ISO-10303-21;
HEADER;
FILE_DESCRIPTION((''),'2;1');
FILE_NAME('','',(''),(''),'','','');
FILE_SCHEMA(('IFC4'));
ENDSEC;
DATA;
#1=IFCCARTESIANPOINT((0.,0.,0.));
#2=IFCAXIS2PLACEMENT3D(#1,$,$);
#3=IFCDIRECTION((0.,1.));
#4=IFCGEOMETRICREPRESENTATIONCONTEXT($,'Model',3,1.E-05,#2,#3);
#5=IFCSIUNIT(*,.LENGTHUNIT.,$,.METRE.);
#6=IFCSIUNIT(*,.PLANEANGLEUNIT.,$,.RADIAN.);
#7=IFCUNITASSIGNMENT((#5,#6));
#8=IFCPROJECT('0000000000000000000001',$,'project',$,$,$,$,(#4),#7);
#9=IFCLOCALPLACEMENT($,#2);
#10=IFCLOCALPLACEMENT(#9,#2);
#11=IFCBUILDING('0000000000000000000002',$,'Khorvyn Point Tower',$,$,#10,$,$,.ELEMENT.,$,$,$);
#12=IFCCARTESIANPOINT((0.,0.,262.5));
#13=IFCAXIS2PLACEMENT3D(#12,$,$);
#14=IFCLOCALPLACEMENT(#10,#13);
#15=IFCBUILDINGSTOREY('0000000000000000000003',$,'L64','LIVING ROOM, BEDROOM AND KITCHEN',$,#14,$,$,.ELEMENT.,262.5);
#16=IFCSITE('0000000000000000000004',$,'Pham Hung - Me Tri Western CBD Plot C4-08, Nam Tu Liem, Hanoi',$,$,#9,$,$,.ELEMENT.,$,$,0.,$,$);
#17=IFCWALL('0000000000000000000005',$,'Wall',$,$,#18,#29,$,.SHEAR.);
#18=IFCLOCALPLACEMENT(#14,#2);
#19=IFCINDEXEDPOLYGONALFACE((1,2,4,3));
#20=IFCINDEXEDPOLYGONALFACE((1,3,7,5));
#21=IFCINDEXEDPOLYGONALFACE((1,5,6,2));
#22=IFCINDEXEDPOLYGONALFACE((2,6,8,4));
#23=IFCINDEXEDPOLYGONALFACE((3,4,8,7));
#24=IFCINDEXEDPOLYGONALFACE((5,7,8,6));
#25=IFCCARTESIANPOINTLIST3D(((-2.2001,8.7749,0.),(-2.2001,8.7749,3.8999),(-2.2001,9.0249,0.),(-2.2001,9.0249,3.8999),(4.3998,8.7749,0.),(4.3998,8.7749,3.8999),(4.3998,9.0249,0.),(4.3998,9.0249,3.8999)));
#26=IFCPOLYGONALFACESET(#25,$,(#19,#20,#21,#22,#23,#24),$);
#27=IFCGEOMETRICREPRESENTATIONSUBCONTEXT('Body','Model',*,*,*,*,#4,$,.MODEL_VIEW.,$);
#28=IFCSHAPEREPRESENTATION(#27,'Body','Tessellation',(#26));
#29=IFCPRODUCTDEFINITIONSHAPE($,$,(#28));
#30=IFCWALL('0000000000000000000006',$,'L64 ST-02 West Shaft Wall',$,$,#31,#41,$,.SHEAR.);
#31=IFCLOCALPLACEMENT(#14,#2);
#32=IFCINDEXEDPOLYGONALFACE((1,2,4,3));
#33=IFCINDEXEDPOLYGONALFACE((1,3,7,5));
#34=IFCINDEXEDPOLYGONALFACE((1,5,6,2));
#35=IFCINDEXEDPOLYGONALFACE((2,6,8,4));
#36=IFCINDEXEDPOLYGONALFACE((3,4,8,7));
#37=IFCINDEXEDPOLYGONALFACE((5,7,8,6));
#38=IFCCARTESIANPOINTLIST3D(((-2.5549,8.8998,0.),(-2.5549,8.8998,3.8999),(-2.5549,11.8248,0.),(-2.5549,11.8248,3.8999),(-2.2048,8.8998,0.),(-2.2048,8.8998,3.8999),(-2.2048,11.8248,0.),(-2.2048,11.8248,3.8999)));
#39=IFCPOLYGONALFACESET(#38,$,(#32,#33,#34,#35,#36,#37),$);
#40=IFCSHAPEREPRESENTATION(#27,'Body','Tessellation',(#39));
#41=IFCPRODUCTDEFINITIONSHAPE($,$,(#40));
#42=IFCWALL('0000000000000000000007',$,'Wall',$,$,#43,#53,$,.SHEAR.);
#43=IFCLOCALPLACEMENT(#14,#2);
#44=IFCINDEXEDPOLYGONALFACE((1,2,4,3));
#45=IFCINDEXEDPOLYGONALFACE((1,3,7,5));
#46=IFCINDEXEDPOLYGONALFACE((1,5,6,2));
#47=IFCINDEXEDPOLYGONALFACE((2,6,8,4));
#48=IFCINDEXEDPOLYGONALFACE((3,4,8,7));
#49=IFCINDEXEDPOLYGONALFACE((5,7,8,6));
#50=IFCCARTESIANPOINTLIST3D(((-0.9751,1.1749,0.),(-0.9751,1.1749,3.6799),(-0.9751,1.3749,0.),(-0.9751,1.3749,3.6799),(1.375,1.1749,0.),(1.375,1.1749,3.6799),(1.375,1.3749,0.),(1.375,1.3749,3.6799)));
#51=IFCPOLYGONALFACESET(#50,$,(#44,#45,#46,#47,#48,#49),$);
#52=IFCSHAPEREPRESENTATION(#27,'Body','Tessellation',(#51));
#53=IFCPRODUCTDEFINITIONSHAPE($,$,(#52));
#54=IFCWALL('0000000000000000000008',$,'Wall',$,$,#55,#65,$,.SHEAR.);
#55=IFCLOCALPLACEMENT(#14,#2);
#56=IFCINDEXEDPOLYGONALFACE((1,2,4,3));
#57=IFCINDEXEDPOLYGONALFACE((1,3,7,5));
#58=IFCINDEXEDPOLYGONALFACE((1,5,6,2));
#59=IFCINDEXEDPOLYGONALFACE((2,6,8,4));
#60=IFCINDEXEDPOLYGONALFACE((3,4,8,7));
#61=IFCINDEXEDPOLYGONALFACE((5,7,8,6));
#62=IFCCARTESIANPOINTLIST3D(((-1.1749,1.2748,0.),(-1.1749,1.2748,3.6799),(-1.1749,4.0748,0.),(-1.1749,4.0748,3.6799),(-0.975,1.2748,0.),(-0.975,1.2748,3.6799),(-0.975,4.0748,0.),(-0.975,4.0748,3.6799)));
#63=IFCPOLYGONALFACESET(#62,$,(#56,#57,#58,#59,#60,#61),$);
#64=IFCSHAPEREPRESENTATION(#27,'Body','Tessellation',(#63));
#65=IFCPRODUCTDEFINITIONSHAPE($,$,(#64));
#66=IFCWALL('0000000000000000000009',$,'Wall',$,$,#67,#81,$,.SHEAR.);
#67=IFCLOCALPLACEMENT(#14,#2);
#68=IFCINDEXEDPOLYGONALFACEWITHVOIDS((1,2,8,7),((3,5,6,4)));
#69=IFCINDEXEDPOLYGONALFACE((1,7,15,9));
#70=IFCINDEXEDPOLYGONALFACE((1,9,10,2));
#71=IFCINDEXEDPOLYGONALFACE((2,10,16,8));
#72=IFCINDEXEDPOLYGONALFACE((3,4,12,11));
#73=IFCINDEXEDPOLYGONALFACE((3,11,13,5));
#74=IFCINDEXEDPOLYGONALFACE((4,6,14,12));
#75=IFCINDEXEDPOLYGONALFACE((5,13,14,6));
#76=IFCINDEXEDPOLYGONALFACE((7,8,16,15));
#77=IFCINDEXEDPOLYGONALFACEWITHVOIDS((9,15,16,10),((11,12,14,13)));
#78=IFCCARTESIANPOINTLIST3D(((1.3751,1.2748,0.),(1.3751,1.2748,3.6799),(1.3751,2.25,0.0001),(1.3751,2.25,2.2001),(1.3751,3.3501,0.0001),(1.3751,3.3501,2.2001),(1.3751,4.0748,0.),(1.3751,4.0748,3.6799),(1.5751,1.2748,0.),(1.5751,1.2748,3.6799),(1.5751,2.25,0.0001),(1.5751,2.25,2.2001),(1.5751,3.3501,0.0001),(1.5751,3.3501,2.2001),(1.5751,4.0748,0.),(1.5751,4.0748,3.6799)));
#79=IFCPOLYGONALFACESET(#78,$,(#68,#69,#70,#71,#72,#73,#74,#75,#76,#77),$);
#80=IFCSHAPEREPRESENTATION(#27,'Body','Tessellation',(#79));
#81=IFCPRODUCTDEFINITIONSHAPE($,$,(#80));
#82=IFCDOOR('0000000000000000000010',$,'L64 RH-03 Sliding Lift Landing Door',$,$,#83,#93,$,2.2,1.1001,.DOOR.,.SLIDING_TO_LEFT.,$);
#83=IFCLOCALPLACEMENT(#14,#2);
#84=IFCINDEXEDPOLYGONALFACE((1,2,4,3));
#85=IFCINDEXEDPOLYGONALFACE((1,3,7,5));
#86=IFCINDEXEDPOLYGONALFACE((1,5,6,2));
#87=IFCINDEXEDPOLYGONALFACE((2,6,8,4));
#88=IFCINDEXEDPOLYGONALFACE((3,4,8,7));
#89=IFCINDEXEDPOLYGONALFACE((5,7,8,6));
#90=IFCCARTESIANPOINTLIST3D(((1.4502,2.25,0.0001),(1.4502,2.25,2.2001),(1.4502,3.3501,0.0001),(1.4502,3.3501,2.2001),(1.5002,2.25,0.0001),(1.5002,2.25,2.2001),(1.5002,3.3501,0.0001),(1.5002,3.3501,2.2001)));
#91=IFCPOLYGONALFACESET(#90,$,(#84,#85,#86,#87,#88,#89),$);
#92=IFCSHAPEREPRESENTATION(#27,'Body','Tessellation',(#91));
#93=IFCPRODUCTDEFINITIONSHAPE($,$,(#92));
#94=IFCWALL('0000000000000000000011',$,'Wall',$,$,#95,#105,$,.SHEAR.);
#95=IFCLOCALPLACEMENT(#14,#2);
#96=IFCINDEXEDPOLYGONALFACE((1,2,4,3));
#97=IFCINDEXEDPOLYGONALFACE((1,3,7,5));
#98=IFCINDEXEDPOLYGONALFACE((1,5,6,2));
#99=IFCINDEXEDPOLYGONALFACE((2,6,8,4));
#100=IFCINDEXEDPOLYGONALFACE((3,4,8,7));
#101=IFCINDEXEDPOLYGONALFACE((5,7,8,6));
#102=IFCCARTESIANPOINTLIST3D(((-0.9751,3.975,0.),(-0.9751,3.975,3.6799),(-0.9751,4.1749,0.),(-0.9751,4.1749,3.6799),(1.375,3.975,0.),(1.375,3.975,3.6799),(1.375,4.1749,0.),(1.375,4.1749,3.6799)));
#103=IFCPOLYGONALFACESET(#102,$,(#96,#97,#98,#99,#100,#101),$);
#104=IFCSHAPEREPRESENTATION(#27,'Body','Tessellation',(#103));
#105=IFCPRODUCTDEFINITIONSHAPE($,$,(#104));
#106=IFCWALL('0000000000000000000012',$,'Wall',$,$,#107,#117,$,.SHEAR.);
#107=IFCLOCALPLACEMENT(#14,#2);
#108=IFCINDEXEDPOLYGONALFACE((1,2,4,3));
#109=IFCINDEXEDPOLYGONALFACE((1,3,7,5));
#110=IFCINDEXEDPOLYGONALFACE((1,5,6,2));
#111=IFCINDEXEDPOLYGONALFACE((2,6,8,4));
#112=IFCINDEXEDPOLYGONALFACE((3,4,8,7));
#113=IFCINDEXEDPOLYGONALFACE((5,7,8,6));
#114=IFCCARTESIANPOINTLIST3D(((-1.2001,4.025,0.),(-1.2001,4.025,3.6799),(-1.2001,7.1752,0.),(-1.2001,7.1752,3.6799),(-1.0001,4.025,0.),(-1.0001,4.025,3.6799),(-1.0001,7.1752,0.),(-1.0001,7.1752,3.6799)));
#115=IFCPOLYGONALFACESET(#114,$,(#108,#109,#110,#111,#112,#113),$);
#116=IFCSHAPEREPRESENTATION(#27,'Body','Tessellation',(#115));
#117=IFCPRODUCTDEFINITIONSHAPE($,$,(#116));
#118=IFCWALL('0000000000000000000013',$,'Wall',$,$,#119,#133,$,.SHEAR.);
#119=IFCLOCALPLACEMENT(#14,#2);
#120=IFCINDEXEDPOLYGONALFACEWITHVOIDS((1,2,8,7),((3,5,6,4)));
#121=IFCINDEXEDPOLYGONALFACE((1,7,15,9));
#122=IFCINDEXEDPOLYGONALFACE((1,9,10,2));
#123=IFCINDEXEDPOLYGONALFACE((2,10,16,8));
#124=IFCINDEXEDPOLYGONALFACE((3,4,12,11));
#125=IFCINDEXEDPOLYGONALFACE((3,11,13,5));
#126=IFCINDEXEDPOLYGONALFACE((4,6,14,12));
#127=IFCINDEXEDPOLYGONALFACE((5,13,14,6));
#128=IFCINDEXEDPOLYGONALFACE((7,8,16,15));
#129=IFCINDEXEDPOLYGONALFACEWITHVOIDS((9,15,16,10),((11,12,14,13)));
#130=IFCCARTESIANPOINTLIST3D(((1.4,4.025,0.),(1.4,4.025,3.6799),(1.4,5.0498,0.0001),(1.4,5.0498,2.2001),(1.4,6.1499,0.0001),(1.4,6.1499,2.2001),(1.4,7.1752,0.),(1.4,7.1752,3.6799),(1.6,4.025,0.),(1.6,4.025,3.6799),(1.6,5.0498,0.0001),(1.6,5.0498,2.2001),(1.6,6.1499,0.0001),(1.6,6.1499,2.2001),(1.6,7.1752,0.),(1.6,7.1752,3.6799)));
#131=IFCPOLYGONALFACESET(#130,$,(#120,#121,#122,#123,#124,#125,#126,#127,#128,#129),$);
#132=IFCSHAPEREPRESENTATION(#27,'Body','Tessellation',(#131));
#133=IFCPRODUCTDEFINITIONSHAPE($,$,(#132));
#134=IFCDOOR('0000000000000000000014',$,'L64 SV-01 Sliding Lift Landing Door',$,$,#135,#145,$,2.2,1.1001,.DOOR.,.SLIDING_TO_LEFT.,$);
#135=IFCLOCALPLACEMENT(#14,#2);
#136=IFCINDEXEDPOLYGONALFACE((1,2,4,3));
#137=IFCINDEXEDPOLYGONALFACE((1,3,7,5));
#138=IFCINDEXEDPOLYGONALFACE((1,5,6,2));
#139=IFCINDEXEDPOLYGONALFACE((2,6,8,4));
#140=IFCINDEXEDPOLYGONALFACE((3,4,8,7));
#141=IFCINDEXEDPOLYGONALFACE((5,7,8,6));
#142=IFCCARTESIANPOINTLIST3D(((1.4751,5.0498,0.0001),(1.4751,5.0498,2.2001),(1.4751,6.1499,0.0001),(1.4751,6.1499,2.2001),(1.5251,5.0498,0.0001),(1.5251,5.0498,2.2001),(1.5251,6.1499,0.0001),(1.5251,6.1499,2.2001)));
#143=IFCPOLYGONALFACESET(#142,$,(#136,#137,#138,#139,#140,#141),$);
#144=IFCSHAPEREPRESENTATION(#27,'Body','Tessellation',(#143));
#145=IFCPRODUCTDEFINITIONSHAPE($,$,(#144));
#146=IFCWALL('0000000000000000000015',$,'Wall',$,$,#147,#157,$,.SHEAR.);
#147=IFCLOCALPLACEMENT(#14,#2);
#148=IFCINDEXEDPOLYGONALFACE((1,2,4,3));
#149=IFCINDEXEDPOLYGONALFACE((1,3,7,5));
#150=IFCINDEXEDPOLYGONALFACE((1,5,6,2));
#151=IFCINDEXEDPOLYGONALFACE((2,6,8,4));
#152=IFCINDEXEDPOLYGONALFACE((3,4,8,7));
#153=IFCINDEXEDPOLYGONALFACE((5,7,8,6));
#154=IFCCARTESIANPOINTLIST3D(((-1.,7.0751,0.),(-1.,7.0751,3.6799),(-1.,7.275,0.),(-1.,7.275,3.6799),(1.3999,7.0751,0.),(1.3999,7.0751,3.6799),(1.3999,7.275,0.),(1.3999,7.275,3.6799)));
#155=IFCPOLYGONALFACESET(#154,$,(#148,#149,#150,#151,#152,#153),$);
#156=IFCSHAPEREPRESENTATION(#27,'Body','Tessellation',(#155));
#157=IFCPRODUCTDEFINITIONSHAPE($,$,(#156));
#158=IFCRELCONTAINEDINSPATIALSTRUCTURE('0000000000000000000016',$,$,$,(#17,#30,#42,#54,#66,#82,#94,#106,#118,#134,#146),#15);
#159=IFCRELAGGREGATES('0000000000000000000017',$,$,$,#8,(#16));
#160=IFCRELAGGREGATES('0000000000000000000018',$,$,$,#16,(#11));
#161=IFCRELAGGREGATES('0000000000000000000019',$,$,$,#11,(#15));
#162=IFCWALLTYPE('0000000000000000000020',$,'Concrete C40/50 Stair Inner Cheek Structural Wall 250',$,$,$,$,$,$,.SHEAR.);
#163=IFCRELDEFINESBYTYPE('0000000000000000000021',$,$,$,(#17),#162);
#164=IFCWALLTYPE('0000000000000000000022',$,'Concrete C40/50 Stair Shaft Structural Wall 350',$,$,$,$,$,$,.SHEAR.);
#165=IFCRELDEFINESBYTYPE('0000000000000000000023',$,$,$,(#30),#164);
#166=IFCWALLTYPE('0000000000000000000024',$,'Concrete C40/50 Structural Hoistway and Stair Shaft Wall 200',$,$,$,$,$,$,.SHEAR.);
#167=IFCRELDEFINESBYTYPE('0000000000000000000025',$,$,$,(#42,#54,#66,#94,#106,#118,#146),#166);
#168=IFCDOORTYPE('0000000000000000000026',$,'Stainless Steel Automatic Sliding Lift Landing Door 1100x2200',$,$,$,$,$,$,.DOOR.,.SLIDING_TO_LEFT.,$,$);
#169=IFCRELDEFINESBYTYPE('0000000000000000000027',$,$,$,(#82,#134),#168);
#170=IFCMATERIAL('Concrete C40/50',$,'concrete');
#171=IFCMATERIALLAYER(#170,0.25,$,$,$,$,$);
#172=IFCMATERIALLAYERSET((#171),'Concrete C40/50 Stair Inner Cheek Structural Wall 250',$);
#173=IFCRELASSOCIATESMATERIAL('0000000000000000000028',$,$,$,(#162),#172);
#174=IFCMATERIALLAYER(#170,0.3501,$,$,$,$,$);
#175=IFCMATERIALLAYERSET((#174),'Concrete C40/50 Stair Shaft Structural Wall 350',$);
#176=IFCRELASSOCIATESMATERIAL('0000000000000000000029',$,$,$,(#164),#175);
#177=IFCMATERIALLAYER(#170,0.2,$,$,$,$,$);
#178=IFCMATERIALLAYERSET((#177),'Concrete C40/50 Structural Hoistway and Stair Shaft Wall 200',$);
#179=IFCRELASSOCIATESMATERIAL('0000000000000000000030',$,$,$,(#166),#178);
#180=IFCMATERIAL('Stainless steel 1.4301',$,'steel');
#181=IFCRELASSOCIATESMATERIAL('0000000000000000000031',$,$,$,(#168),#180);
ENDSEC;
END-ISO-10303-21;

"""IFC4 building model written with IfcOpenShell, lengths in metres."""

from ifc_helpers import new_model, si_unit, direction, frame, frame_2d, origin, place, context, subcontext, project, spatial, rectangle, extrude, material, layer, layer_set, type_object, element, fill, save


model = new_model("IFC4")

# Units and contexts
model_context = context("Model", 3, precision=1e-05, world=origin(), true_north=direction((0.0, 1.0)))
body_context = subcontext(model_context, "Body", "Model", "MODEL_VIEW")
ifc_project = project(units=[si_unit("LENGTHUNIT", "METRE"), si_unit("PLANEANGLEUNIT", "RADIAN")], contexts=[model_context])

# Site, building, storey
site_placement = place(None, origin())
site = spatial("IfcSite", under=ifc_project, at=site_placement, Name="Pham Hung - Me Tri Western CBD Plot C4-08, Nam Tu Liem, Hanoi", CompositionType="ELEMENT", RefElevation=0.0)
building_placement = place(site_placement, origin())
building = spatial("IfcBuilding", under=site, at=building_placement, Name="Khorvyn Point Tower", CompositionType="ELEMENT")
storey_placement = place(building_placement, frame((0.0, 0.0, 262.5)))
storey = spatial("IfcBuildingStorey", under=building, at=storey_placement, Name="L64", Description="LIVING ROOM, BEDROOM AND KITCHEN", CompositionType="ELEMENT", Elevation=262.5)

# Shared definitions
ifc_material_1 = material(Name="Concrete C40/50", Category="concrete")

# Walls
ifc_layer_1 = layer(ifc_material_1, 0.25)
ifc_layer_set_1 = layer_set([ifc_layer_1], Name="Concrete C40/50 Stair Inner Cheek Structural Wall 250")
wall_type_1 = type_object("IfcWallType", Name="Concrete C40/50 Stair Inner Cheek Structural Wall 250", PredefinedType="SHEAR", material=ifc_layer_set_1)
wall_1_placement = place(storey_placement, frame((-2.2, 8.8999, 0.0), z_axis=(0.0, 0.0, 1.0), x_axis=(1.0, 0.0, 0.0)))
element("IfcWall", 1, at=wall_1_placement, inside=storey, type_object=wall_type_1, Name="Wall", PredefinedType="SHEAR", context=body_context, shape_type="SweptSolid", body=[
    extrude(rectangle(XDim=6.5999, YDim=0.25, at=frame_2d((3.2998, 0.0))), origin(), (0.0, 0.0, 1.0), 3.8999),
])
ifc_layer_2 = layer(ifc_material_1, 0.3501)
ifc_layer_set_2 = layer_set([ifc_layer_2], Name="Concrete C40/50 Stair Shaft Structural Wall 350")
wall_type_2 = type_object("IfcWallType", Name="Concrete C40/50 Stair Shaft Structural Wall 350", PredefinedType="SHEAR", material=ifc_layer_set_2)
wall_2_placement = place(storey_placement, frame((-2.3799, 8.8999, 0.0), z_axis=(0.0, 0.0, 1.0), x_axis=(0.0, 1.0, 0.0)))
element("IfcWall", 2, at=wall_2_placement, inside=storey, type_object=wall_type_2, Name="L64 ST-02 West Shaft Wall", PredefinedType="SHEAR", context=body_context, shape_type="SweptSolid", body=[
    extrude(rectangle(XDim=2.925, YDim=0.3501, at=frame_2d((1.4624, 0.0))), origin(), (0.0, 0.0, 1.0), 3.8999),
])
ifc_layer_3 = layer(ifc_material_1, 0.2)
ifc_layer_set_3 = layer_set([ifc_layer_3], Name="Concrete C40/50 Structural Hoistway and Stair Shaft Wall 200")
wall_type_3 = type_object("IfcWallType", Name="Concrete C40/50 Structural Hoistway and Stair Shaft Wall 200", PredefinedType="SHEAR", material=ifc_layer_set_3)
wall_3_placement = place(storey_placement, frame((-0.9751, 1.2749, 0.0), z_axis=(0.0, 0.0, 1.0), x_axis=(1.0, 0.0, 0.0)))
element("IfcWall", 3, at=wall_3_placement, inside=storey, type_object=wall_type_3, Name="Wall", PredefinedType="SHEAR", context=body_context, shape_type="SweptSolid", body=[
    extrude(rectangle(XDim=2.3501, YDim=0.2, at=frame_2d((1.175, 0.0))), origin(), (0.0, 0.0, 1.0), 3.6799),
])
wall_4_placement = place(storey_placement, frame((-1.075, 1.2749, 0.0), z_axis=(0.0, 0.0, 1.0), x_axis=(0.0, 1.0, 0.0)))
element("IfcWall", 4, at=wall_4_placement, inside=storey, type_object=wall_type_3, Name="Wall", PredefinedType="SHEAR", context=body_context, shape_type="SweptSolid", body=[
    extrude(rectangle(XDim=2.8, YDim=0.2, at=frame_2d((1.3999, 0.0))), origin(), (0.0, 0.0, 1.0), 3.6799),
])

# Wall, opening, door
wall_5_placement = place(storey_placement, frame((1.4751, 1.2749, 0.0), z_axis=(0.0, 0.0, 1.0), x_axis=(0.0, 1.0, 0.0)))
wall_5 = element("IfcWall", 5, at=wall_5_placement, inside=storey, type_object=wall_type_3, Name="Wall", PredefinedType="SHEAR", context=body_context, shape_type="SweptSolid", body=[
    extrude(rectangle(XDim=2.8, YDim=0.2, at=frame_2d((1.3999, 0.0))), origin(), (0.0, 0.0, 1.0), 3.6799),
])
opening_1_placement = place(wall_5_placement, frame((0.9751, 0.0, 0.0)))
opening_1 = element("IfcOpeningElement", 6, at=opening_1_placement, cuts=wall_5, PredefinedType="OPENING", context=body_context, shape_type="SweptSolid", body=[
    extrude(rectangle(XDim=1.1001, YDim=2.2, at=frame_2d((0.55, 1.1001))), frame((0.0, 0.1099, 0.0), z_axis=(0.0, -1.0, 0.0), x_axis=(1.0, 0.0, 0.0)), (0.0, 0.0, 1.0), 0.22),
])
ifc_material_2 = material(Name="Stainless steel 1.4301", Category="steel")
door_type = type_object("IfcDoorType", Name="Stainless Steel Automatic Sliding Lift Landing Door 1100x2200", OperationType="SLIDING_TO_LEFT", PredefinedType="DOOR", material=ifc_material_2)
door_1_placement = place(opening_1_placement, origin())
door_1 = element("IfcDoor", 7, at=door_1_placement, inside=storey, type_object=door_type, Name="L64 RH-03 Sliding Lift Landing Door", OperationType="SLIDING_TO_LEFT", OverallHeight=2.2, OverallWidth=1.1001, PredefinedType="DOOR", context=body_context, shape_type="SweptSolid", body=[
    extrude(rectangle(XDim=1.1001, YDim=2.2, at=frame_2d((0.55, 1.1001))), frame((0.0, 0.0249, 0.0), z_axis=(0.0, -1.0, 0.0), x_axis=(1.0, 0.0, 0.0)), (0.0, 0.0, 1.0), 0.05),
])
fill(opening_1, door_1)

# Walls
wall_6_placement = place(storey_placement, frame((-0.9751, 4.075, 0.0), z_axis=(0.0, 0.0, 1.0), x_axis=(1.0, 0.0, 0.0)))
element("IfcWall", 8, at=wall_6_placement, inside=storey, type_object=wall_type_3, Name="Wall", PredefinedType="SHEAR", context=body_context, shape_type="SweptSolid", body=[
    extrude(rectangle(XDim=2.3501, YDim=0.2, at=frame_2d((1.175, 0.0))), origin(), (0.0, 0.0, 1.0), 3.6799),
])
wall_7_placement = place(storey_placement, frame((-1.1001, 4.0249, 0.0), z_axis=(0.0, 0.0, 1.0), x_axis=(0.0, 1.0, 0.0)))
element("IfcWall", 9, at=wall_7_placement, inside=storey, type_object=wall_type_3, Name="Wall", PredefinedType="SHEAR", context=body_context, shape_type="SweptSolid", body=[
    extrude(rectangle(XDim=3.1501, YDim=0.2, at=frame_2d((1.5752, 0.0))), origin(), (0.0, 0.0, 1.0), 3.6799),
])

# Wall, opening, door
wall_8_placement = place(storey_placement, frame((1.5, 4.0249, 0.0), z_axis=(0.0, 0.0, 1.0), x_axis=(0.0, 1.0, 0.0)))
wall_8 = element("IfcWall", 10, at=wall_8_placement, inside=storey, type_object=wall_type_3, Name="Wall", PredefinedType="SHEAR", context=body_context, shape_type="SweptSolid", body=[
    extrude(rectangle(XDim=3.1501, YDim=0.2, at=frame_2d((1.5752, 0.0))), origin(), (0.0, 0.0, 1.0), 3.6799),
])
opening_2_placement = place(wall_8_placement, frame((1.0249, 0.0, 0.0)))
opening_2 = element("IfcOpeningElement", 11, at=opening_2_placement, cuts=wall_8, PredefinedType="OPENING", context=body_context, shape_type="SweptSolid", body=[
    extrude(rectangle(XDim=1.1001, YDim=2.2, at=frame_2d((0.55, 1.1001))), frame((0.0, 0.1099, 0.0), z_axis=(0.0, -1.0, 0.0), x_axis=(1.0, 0.0, 0.0)), (0.0, 0.0, 1.0), 0.22),
])
door_2_placement = place(opening_2_placement, origin())
door_2 = element("IfcDoor", 12, at=door_2_placement, inside=storey, type_object=door_type, Name="L64 SV-01 Sliding Lift Landing Door", OperationType="SLIDING_TO_LEFT", OverallHeight=2.2, OverallWidth=1.1001, PredefinedType="DOOR", context=body_context, shape_type="SweptSolid", body=[
    extrude(rectangle(XDim=1.1001, YDim=2.2, at=frame_2d((0.55, 1.1001))), frame((0.0, 0.0249, 0.0), z_axis=(0.0, -1.0, 0.0), x_axis=(1.0, 0.0, 0.0)), (0.0, 0.0, 1.0), 0.05),
])
fill(opening_2, door_2)

# Wall
wall_9_placement = place(storey_placement, frame((-1.0, 7.175, 0.0), z_axis=(0.0, 0.0, 1.0), x_axis=(1.0, 0.0, 0.0)))
element("IfcWall", 13, at=wall_9_placement, inside=storey, type_object=wall_type_3, Name="Wall", PredefinedType="SHEAR", context=body_context, shape_type="SweptSolid", body=[
    extrude(rectangle(XDim=2.3999, YDim=0.2, at=frame_2d((1.2, 0.0))), origin(), (0.0, 0.0, 1.0), 3.6799),
])

save(model, "model.ifc")
